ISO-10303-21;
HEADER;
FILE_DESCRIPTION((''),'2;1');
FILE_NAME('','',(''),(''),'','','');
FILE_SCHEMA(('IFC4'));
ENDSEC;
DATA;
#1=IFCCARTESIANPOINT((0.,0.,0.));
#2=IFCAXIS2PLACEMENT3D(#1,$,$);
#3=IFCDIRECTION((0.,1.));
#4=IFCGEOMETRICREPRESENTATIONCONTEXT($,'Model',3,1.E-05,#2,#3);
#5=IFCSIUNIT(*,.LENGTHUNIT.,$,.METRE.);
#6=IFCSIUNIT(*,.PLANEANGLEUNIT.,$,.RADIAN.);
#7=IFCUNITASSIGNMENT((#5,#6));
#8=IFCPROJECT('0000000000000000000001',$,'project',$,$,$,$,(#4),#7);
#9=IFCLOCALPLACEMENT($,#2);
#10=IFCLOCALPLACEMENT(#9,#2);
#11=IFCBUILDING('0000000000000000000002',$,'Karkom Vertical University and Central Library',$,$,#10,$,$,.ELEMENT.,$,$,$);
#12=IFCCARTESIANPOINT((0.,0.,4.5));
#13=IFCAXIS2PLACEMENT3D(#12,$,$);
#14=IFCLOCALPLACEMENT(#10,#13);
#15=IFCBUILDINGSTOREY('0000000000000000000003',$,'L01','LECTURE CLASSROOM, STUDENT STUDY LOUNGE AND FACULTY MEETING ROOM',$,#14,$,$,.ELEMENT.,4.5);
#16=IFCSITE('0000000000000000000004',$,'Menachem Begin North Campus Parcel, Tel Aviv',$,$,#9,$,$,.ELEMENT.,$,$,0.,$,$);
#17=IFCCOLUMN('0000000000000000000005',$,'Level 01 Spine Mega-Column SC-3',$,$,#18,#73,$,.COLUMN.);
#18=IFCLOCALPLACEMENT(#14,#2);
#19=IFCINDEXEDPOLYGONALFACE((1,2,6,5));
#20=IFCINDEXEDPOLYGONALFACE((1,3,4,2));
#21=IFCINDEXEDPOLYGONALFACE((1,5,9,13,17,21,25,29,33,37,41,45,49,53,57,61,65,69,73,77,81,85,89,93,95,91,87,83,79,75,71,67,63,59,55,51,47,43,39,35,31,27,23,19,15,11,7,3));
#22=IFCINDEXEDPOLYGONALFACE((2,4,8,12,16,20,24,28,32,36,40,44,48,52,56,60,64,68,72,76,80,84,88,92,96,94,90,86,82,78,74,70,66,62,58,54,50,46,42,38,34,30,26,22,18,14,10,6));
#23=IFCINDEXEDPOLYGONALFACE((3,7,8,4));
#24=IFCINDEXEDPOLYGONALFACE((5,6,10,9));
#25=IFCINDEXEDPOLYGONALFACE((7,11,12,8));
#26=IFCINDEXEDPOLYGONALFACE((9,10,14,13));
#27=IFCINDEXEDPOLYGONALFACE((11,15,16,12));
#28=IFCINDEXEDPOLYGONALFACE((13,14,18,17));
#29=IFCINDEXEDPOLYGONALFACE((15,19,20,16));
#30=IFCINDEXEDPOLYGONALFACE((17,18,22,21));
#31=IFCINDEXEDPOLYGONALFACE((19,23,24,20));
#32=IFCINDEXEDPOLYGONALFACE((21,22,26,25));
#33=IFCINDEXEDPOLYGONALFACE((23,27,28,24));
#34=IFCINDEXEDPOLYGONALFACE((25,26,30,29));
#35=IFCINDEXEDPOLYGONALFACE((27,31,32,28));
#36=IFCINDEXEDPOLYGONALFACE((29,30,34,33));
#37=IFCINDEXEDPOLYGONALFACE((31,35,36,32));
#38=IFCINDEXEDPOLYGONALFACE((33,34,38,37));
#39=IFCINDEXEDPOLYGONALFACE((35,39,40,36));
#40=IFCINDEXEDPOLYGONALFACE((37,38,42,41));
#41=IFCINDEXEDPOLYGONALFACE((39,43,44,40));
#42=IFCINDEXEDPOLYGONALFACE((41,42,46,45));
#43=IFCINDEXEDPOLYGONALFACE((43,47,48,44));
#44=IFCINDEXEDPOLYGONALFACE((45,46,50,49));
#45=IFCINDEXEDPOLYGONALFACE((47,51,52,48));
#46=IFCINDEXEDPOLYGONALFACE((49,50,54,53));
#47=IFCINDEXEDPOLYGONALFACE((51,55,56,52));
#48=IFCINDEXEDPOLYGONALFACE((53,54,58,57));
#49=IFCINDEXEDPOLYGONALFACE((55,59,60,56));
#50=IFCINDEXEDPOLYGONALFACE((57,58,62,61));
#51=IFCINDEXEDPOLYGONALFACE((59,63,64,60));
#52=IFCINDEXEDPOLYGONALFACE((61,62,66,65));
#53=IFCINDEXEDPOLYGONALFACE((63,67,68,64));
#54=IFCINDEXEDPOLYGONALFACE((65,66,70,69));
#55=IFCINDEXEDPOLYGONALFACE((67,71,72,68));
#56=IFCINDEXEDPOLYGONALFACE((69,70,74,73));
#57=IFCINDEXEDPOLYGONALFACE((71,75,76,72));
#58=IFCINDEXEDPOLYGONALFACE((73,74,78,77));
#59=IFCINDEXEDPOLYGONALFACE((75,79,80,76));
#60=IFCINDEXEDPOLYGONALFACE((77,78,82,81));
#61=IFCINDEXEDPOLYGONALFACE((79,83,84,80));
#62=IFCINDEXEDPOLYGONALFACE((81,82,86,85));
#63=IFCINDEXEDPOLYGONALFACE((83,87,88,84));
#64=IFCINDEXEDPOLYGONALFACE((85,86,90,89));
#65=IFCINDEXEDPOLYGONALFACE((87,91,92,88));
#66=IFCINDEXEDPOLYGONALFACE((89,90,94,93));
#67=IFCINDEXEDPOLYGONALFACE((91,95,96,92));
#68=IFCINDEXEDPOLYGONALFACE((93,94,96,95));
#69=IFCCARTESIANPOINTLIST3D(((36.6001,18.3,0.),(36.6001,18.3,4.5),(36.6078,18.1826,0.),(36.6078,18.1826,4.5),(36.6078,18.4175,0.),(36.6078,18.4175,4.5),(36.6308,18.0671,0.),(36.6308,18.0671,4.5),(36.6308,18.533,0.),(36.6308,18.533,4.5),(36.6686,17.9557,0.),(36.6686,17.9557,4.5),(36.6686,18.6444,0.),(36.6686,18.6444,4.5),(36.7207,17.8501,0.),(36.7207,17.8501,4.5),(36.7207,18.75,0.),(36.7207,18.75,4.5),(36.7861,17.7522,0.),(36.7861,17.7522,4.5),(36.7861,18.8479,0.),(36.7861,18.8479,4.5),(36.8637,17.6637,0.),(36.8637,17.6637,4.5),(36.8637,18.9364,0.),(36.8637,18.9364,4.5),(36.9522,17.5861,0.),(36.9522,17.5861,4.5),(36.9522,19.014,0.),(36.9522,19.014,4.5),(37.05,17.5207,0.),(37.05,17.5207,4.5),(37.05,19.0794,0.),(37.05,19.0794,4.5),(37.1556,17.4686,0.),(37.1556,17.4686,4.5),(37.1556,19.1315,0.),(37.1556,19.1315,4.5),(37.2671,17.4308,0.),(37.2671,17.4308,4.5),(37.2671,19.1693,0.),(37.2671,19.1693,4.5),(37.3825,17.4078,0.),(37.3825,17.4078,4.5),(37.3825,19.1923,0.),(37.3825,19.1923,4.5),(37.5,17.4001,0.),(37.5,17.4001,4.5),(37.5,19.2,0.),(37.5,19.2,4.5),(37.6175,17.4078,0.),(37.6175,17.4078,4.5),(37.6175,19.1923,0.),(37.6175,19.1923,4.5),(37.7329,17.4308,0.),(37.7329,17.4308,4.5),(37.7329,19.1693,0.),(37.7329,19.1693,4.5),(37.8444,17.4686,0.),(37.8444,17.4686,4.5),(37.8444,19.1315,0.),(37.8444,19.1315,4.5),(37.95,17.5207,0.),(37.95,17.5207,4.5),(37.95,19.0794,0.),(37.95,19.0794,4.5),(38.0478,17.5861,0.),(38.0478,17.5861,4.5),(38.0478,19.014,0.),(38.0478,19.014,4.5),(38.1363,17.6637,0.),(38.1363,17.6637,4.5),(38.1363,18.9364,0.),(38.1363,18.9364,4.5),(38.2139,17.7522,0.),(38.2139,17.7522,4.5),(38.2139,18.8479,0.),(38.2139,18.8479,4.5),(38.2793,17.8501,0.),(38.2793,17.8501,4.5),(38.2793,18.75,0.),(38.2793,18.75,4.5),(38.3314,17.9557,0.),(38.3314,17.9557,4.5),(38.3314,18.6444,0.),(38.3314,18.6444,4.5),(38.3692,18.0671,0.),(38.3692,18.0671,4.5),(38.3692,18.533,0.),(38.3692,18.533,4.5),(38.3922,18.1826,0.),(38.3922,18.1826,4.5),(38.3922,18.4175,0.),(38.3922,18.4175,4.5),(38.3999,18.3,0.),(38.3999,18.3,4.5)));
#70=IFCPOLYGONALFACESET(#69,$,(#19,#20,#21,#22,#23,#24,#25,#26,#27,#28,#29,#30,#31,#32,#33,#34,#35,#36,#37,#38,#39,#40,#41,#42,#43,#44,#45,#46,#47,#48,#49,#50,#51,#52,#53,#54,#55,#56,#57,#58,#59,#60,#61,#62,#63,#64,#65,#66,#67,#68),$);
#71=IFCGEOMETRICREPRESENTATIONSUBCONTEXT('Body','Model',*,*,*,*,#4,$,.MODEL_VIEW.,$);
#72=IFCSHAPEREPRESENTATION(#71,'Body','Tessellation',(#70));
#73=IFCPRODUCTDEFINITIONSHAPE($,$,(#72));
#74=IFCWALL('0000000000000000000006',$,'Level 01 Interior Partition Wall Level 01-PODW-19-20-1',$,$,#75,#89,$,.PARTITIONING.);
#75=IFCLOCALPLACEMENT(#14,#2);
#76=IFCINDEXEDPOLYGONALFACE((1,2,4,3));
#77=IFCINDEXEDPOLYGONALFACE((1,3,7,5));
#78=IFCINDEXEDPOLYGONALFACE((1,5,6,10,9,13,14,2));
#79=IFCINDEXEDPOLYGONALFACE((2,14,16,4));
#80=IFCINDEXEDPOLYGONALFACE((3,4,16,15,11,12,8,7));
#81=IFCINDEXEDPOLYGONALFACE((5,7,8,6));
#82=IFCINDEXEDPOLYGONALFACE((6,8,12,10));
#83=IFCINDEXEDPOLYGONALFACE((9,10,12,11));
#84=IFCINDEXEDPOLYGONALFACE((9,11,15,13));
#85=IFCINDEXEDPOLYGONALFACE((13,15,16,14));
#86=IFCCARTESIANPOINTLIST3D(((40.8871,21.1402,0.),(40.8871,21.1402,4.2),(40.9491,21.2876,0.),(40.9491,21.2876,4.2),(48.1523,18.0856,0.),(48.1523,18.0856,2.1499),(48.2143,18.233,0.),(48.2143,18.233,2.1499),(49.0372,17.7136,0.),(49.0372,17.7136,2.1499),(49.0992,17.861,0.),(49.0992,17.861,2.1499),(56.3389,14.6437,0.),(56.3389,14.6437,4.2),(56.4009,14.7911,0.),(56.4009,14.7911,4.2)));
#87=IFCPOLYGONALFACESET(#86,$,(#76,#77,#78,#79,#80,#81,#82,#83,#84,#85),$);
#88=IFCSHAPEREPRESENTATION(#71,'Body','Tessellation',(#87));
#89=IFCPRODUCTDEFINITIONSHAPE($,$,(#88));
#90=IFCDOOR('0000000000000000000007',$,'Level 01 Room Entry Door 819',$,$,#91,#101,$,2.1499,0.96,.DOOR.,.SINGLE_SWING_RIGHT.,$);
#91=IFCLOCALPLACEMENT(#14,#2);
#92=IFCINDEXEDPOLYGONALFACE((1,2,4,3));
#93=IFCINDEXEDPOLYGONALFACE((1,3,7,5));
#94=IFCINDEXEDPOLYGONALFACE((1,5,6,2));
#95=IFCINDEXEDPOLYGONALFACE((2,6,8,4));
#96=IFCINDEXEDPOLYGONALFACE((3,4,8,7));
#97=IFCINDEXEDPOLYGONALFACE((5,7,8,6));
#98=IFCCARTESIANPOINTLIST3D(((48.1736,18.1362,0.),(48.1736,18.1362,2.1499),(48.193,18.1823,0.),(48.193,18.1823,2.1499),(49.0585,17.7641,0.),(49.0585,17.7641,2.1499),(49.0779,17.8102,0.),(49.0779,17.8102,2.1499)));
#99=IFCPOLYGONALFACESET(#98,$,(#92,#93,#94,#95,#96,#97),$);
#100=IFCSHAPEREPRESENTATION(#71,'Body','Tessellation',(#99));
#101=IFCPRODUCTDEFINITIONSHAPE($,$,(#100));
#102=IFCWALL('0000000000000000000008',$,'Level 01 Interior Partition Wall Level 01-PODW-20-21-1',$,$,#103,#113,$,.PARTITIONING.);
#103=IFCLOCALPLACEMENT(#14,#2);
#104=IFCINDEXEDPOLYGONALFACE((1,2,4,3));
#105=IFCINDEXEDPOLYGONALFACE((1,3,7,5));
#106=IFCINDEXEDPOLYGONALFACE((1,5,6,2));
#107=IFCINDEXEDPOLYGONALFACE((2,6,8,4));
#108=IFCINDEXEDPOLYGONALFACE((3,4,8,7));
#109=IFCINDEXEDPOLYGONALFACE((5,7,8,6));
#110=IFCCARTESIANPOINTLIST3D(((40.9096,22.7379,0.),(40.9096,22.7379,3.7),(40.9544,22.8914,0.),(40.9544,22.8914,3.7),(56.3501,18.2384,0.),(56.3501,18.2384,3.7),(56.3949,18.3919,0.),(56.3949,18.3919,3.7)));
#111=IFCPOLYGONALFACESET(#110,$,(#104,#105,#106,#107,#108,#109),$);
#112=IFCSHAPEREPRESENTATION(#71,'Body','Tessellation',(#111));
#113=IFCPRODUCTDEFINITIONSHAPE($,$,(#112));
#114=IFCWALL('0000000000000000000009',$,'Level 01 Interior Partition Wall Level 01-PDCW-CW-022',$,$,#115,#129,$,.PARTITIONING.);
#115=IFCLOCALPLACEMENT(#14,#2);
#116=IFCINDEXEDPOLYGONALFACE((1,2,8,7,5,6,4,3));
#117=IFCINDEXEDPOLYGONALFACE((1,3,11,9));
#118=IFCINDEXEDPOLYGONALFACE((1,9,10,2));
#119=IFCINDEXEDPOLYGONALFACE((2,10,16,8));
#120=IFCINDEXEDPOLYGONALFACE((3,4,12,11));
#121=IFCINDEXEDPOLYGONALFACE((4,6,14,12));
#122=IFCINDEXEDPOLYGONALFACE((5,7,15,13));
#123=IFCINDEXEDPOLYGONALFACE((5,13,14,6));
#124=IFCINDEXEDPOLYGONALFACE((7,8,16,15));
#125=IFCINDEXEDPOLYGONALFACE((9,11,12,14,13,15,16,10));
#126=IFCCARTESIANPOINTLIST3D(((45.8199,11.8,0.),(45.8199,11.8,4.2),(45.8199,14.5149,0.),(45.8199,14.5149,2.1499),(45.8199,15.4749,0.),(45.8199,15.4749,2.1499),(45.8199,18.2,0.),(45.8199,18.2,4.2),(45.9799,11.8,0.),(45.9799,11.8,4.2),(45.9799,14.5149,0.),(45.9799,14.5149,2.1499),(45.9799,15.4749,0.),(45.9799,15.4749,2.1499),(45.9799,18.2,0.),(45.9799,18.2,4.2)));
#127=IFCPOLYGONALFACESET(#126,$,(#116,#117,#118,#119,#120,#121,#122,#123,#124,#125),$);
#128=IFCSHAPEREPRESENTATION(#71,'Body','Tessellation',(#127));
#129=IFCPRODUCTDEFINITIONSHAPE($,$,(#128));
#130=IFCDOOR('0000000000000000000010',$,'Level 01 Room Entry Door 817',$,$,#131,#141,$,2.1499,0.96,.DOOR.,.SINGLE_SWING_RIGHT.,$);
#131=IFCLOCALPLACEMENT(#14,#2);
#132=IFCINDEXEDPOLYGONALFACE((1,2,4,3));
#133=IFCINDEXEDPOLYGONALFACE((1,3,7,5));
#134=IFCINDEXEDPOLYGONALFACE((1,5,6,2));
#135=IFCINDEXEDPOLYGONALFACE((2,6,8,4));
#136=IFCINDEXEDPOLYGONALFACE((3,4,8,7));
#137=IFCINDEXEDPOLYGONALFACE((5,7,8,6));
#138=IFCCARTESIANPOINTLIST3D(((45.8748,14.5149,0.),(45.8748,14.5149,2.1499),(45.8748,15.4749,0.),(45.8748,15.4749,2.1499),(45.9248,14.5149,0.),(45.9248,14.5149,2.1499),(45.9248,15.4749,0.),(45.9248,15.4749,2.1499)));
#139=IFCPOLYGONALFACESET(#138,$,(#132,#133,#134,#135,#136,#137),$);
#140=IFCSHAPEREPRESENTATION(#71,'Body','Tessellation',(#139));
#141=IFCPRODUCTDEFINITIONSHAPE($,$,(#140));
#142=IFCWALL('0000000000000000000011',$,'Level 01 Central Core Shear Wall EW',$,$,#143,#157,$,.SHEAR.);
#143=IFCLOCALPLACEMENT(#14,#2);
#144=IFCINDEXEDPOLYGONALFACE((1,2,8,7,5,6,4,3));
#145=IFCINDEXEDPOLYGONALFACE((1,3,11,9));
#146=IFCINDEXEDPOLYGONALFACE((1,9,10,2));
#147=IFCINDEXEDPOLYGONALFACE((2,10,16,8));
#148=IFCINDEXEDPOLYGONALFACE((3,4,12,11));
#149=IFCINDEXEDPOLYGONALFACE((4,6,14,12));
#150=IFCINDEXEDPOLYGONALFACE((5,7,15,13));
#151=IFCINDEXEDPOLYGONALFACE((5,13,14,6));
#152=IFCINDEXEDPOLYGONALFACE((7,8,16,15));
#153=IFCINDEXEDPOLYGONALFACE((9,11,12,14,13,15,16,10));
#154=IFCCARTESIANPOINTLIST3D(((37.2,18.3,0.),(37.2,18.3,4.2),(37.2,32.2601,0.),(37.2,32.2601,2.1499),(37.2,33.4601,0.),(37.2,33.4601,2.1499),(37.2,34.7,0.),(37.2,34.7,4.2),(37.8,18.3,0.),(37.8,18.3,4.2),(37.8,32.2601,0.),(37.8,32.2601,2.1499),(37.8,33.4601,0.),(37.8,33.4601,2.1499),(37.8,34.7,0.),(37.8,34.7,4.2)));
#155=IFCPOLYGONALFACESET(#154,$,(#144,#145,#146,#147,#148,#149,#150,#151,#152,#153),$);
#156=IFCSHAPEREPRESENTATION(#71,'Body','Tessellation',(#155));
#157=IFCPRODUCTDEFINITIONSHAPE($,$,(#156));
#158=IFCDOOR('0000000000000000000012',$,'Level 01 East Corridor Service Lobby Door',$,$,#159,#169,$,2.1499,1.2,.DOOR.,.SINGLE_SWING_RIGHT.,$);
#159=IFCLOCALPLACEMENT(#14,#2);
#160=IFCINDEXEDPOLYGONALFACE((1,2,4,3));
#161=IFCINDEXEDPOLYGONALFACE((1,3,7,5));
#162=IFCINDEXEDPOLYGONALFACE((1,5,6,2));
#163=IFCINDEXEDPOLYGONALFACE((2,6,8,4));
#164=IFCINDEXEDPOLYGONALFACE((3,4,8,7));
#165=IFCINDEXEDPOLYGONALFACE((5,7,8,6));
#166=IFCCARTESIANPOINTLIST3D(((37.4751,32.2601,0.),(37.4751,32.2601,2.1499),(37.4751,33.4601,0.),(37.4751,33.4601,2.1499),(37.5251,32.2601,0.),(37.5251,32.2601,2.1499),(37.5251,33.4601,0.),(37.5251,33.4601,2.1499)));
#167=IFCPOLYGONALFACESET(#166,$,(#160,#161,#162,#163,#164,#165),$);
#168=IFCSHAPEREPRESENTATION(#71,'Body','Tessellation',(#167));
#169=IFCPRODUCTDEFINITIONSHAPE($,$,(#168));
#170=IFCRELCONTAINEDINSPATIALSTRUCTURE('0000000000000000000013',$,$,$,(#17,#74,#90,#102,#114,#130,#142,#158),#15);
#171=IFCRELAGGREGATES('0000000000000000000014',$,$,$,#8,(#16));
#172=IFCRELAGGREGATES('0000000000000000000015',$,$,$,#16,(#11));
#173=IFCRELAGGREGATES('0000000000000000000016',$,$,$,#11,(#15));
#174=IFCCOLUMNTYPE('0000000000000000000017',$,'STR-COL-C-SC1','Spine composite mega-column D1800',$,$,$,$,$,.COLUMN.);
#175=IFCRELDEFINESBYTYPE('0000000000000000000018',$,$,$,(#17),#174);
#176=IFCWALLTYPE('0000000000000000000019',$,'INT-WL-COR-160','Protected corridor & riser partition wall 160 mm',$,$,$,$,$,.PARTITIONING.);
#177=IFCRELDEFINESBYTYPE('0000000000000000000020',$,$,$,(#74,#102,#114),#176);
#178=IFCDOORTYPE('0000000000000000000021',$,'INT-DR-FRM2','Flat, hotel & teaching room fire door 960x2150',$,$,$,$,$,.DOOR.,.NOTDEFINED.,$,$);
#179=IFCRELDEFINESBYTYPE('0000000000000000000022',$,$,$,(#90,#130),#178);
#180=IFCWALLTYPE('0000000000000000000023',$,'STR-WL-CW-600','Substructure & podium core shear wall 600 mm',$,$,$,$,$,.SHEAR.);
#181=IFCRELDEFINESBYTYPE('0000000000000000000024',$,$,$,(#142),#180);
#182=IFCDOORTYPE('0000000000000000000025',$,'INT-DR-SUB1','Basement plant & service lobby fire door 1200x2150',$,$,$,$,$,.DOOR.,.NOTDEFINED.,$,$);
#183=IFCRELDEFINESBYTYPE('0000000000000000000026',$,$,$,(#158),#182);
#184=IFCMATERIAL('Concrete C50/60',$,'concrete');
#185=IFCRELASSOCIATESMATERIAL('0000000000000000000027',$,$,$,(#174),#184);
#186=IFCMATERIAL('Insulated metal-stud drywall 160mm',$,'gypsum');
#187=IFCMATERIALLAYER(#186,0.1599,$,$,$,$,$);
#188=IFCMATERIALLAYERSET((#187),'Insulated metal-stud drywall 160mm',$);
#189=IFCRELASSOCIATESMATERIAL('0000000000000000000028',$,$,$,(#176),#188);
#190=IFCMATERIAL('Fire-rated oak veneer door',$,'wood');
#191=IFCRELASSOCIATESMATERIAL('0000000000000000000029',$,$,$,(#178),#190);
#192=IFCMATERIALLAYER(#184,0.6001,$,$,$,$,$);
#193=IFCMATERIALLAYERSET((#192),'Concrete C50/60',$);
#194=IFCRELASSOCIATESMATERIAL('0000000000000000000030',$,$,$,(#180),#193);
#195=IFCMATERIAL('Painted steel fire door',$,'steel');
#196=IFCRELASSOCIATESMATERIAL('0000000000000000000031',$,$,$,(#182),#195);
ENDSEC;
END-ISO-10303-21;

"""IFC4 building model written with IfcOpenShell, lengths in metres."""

from ifc_helpers import new_model, si_unit, direction, frame, frame_2d, origin, origin_with_axes, origin_2d, place, context, subcontext, project, spatial, rectangle, circle, extrude, source, transform, mapped, material, layer, layer_set, material_profile, profile_set, type_object, element, fill, save


model = new_model("IFC4")

# Units and contexts
model_context = context("Model", 3, precision=1e-05, world=origin(), true_north=direction((0.0, 1.0)))
body_context = subcontext(model_context, "Body", "Model", "MODEL_VIEW")
ifc_project = project(units=[si_unit("LENGTHUNIT", "METRE"), si_unit("PLANEANGLEUNIT", "RADIAN")], contexts=[model_context])

# Site, building, storey
site_placement = place(None, origin())
site = spatial("IfcSite", under=ifc_project, at=site_placement, Name="Menachem Begin North Campus Parcel, Tel Aviv", CompositionType="ELEMENT", RefElevation=0.0)
building_placement = place(site_placement, origin())
building = spatial("IfcBuilding", under=site, at=building_placement, Name="Karkom Vertical University and Central Library", CompositionType="ELEMENT")
storey_placement = place(building_placement, frame((0.0, 0.0, 4.5)))
storey = spatial("IfcBuildingStorey", under=building, at=storey_placement, Name="L01", Description="LECTURE CLASSROOM, STUDENT STUDY LOUNGE AND FACULTY MEETING ROOM", CompositionType="ELEMENT", Elevation=4.5)

# Column
ifc_material_1 = material(Name="Concrete C50/60", Category="concrete")
ifc_material_profile = material_profile(ifc_material_1, circle(Radius=0.8999, at=origin_2d()), Name="CFT-D1800")
ifc_profile_set = profile_set([ifc_material_profile], Name="Concrete C50/60")
column_type = type_object("IfcColumnType", Name="STR-COL-C-SC1", Description="Spine composite mega-column D1800", PredefinedType="COLUMN", material=ifc_profile_set)
shared_shape_1 = source(origin_with_axes(), body_context, "Body", "SweptSolid", [
    extrude(circle(Radius=0.8999, at=origin_2d()), origin(), (0.0, 0.0, 1.0), 4.5),
])
column_placement = place(storey_placement, frame((37.5, 18.3, 0.0), z_axis=(0.0, 0.0, 1.0), x_axis=(1.0, 0.0, 0.0)))
element("IfcColumn", 1, at=column_placement, inside=storey, type_object=column_type, Name="Level 01 Spine Mega-Column SC-3", PredefinedType="COLUMN", context=body_context, shape_type="MappedRepresentation", body=[
    mapped(shared_shape_1, transform((0.0, 0.0, 0.0), scale=1.0)),
])

# Wall, opening, door
ifc_material_2 = material(Name="Insulated metal-stud drywall 160mm", Category="gypsum")
ifc_layer_1 = layer(ifc_material_2, 0.1599)
ifc_layer_set_1 = layer_set([ifc_layer_1], Name="Insulated metal-stud drywall 160mm")
wall_type_1 = type_object("IfcWallType", Name="INT-WL-COR-160", Description="Protected corridor & riser partition wall 160 mm", PredefinedType="PARTITIONING", material=ifc_layer_set_1)
wall_1_placement = place(storey_placement, frame((40.9182, 21.2139, 0.0), z_axis=(0.0, 0.0, 1.0), x_axis=(0.921838, -0.387576, 0.0)))
wall_1 = element("IfcWall", 2, at=wall_1_placement, inside=storey, type_object=wall_type_1, Name="Level 01 Interior Partition Wall Level 01-PODW-19-20-1", PredefinedType="PARTITIONING", context=body_context, shape_type="SweptSolid", body=[
    extrude(rectangle(XDim=16.762, YDim=0.1599, at=frame_2d((8.3809, 0.0))), origin(), (0.0, 0.0, 1.0), 4.2),
])
opening_1_placement = place(wall_1_placement, frame((7.8811, 0.0, 0.0)))
opening_1 = element("IfcOpeningElement", 3, at=opening_1_placement, cuts=wall_1, PredefinedType="OPENING", context=body_context, shape_type="SweptSolid", body=[
    extrude(rectangle(XDim=0.96, YDim=2.1499, at=frame_2d((0.48, 1.075))), frame((0.0, 0.0898, 0.0), z_axis=(0.0, -1.0, 0.0), x_axis=(1.0, 0.0, 0.0)), (0.0, 0.0, 1.0), 0.1799),
])
ifc_material_3 = material(Name="Fire-rated oak veneer door", Category="wood")
door_type_1 = type_object("IfcDoorType", Name="INT-DR-FRM2", Description="Flat, hotel & teaching room fire door 960x2150", OperationType="NOTDEFINED", PredefinedType="DOOR", material=ifc_material_3)
shared_shape_2 = source(origin_with_axes(), body_context, "Body", "SweptSolid", [
    extrude(rectangle(XDim=0.96, YDim=2.1499, at=frame_2d((0.48, 1.075))), frame((0.0, 0.0249, 0.0), z_axis=(0.0, -1.0, 0.0), x_axis=(1.0, 0.0, 0.0)), (0.0, 0.0, 1.0), 0.05),
])
door_1_placement = place(opening_1_placement, origin())
door_1 = element("IfcDoor", 4, at=door_1_placement, inside=storey, type_object=door_type_1, Name="Level 01 Room Entry Door 819", OperationType="SINGLE_SWING_RIGHT", OverallHeight=2.1499, OverallWidth=0.96, PredefinedType="DOOR", context=body_context, shape_type="MappedRepresentation", body=[
    mapped(shared_shape_2, transform((0.0, 0.0, 0.0), scale=1.0)),
])
fill(opening_1, door_1)

# Wall
wall_2_placement = place(storey_placement, frame((40.9319, 22.8147, 0.0), z_axis=(0.0, 0.0, 1.0), x_axis=(0.960066, -0.279774, 0.0)))
element("IfcWall", 5, at=wall_2_placement, inside=storey, type_object=wall_type_1, Name="Level 01 Interior Partition Wall Level 01-PODW-20-21-1", PredefinedType="PARTITIONING", context=body_context, shape_type="SweptSolid", body=[
    extrude(rectangle(XDim=16.0828, YDim=0.1599, at=frame_2d((8.0415, 0.0))), origin(), (0.0, 0.0, 1.0), 3.7),
])

# Walls, openings, doors
wall_3_placement = place(storey_placement, frame((45.8999, 18.2, 0.0), z_axis=(0.0, 0.0, 1.0), x_axis=(0.0, -1.0, 0.0)))
wall_3 = element("IfcWall", 6, at=wall_3_placement, inside=storey, type_object=wall_type_1, Name="Level 01 Interior Partition Wall Level 01-PDCW-CW-022", PredefinedType="PARTITIONING", context=body_context, shape_type="SweptSolid", body=[
    extrude(rectangle(XDim=6.3999, YDim=0.1599, at=frame_2d((3.2, 0.0))), origin(), (0.0, 0.0, 1.0), 4.2),
])
opening_2_placement = place(wall_3_placement, frame((2.7251, 0.0, 0.0)))
opening_2 = element("IfcOpeningElement", 7, at=opening_2_placement, cuts=wall_3, PredefinedType="OPENING", context=body_context, shape_type="SweptSolid", body=[
    extrude(rectangle(XDim=0.96, YDim=2.1499, at=frame_2d((0.48, 1.075))), frame((0.0, 0.0898, 0.0), z_axis=(0.0, -1.0, 0.0), x_axis=(1.0, 0.0, 0.0)), (0.0, 0.0, 1.0), 0.1799),
])
door_2_placement = place(opening_2_placement, origin())
door_2 = element("IfcDoor", 8, at=door_2_placement, inside=storey, type_object=door_type_1, Name="Level 01 Room Entry Door 817", OperationType="SINGLE_SWING_RIGHT", OverallHeight=2.1499, OverallWidth=0.96, PredefinedType="DOOR", context=body_context, shape_type="MappedRepresentation", body=[
    mapped(shared_shape_2, transform((0.0, 0.0, 0.0), scale=1.0)),
])
fill(opening_2, door_2)
ifc_layer_2 = layer(ifc_material_1, 0.6001)
ifc_layer_set_2 = layer_set([ifc_layer_2], Name="Concrete C50/60")
wall_type_2 = type_object("IfcWallType", Name="STR-WL-CW-600", Description="Substructure & podium core shear wall 600 mm", PredefinedType="SHEAR", material=ifc_layer_set_2)
wall_4_placement = place(storey_placement, frame((37.5, 18.3, 0.0), z_axis=(0.0, 0.0, 1.0), x_axis=(0.0, 1.0, 0.0)))
wall_4 = element("IfcWall", 9, at=wall_4_placement, inside=storey, type_object=wall_type_2, Name="Level 01 Central Core Shear Wall EW", PredefinedType="SHEAR", context=body_context, shape_type="SweptSolid", body=[
    extrude(rectangle(XDim=16.3999, YDim=0.6001, at=frame_2d((8.2, 0.0))), origin(), (0.0, 0.0, 1.0), 4.2),
])
opening_3_placement = place(wall_4_placement, frame((13.96, 0.0, 0.0)))
opening_3 = element("IfcOpeningElement", 10, at=opening_3_placement, cuts=wall_4, PredefinedType="OPENING", context=body_context, shape_type="SweptSolid", body=[
    extrude(rectangle(XDim=1.2, YDim=2.1499, at=frame_2d((0.6001, 1.075))), frame((0.0, 0.3101, 0.0), z_axis=(0.0, -1.0, 0.0), x_axis=(1.0, 0.0, 0.0)), (0.0, 0.0, 1.0), 0.6201),
])
ifc_material_4 = material(Name="Painted steel fire door", Category="steel")
door_type_2 = type_object("IfcDoorType", Name="INT-DR-SUB1", Description="Basement plant & service lobby fire door 1200x2150", OperationType="NOTDEFINED", PredefinedType="DOOR", material=ifc_material_4)
shared_shape_3 = source(origin_with_axes(), body_context, "Body", "SweptSolid", [
    extrude(rectangle(XDim=1.2, YDim=2.1499, at=frame_2d((0.6001, 1.075))), frame((0.0, 0.0249, 0.0), z_axis=(0.0, -1.0, 0.0), x_axis=(1.0, 0.0, 0.0)), (0.0, 0.0, 1.0), 0.05),
])
door_3_placement = place(opening_3_placement, origin())
door_3 = element("IfcDoor", 11, at=door_3_placement, inside=storey, type_object=door_type_2, Name="Level 01 East Corridor Service Lobby Door", OperationType="SINGLE_SWING_RIGHT", OverallHeight=2.1499, OverallWidth=1.2, PredefinedType="DOOR", context=body_context, shape_type="MappedRepresentation", body=[
    mapped(shared_shape_3, transform((0.0, 0.0, 0.0), scale=1.0)),
])
fill(opening_3, door_3)

save(model, "model.ifc")
